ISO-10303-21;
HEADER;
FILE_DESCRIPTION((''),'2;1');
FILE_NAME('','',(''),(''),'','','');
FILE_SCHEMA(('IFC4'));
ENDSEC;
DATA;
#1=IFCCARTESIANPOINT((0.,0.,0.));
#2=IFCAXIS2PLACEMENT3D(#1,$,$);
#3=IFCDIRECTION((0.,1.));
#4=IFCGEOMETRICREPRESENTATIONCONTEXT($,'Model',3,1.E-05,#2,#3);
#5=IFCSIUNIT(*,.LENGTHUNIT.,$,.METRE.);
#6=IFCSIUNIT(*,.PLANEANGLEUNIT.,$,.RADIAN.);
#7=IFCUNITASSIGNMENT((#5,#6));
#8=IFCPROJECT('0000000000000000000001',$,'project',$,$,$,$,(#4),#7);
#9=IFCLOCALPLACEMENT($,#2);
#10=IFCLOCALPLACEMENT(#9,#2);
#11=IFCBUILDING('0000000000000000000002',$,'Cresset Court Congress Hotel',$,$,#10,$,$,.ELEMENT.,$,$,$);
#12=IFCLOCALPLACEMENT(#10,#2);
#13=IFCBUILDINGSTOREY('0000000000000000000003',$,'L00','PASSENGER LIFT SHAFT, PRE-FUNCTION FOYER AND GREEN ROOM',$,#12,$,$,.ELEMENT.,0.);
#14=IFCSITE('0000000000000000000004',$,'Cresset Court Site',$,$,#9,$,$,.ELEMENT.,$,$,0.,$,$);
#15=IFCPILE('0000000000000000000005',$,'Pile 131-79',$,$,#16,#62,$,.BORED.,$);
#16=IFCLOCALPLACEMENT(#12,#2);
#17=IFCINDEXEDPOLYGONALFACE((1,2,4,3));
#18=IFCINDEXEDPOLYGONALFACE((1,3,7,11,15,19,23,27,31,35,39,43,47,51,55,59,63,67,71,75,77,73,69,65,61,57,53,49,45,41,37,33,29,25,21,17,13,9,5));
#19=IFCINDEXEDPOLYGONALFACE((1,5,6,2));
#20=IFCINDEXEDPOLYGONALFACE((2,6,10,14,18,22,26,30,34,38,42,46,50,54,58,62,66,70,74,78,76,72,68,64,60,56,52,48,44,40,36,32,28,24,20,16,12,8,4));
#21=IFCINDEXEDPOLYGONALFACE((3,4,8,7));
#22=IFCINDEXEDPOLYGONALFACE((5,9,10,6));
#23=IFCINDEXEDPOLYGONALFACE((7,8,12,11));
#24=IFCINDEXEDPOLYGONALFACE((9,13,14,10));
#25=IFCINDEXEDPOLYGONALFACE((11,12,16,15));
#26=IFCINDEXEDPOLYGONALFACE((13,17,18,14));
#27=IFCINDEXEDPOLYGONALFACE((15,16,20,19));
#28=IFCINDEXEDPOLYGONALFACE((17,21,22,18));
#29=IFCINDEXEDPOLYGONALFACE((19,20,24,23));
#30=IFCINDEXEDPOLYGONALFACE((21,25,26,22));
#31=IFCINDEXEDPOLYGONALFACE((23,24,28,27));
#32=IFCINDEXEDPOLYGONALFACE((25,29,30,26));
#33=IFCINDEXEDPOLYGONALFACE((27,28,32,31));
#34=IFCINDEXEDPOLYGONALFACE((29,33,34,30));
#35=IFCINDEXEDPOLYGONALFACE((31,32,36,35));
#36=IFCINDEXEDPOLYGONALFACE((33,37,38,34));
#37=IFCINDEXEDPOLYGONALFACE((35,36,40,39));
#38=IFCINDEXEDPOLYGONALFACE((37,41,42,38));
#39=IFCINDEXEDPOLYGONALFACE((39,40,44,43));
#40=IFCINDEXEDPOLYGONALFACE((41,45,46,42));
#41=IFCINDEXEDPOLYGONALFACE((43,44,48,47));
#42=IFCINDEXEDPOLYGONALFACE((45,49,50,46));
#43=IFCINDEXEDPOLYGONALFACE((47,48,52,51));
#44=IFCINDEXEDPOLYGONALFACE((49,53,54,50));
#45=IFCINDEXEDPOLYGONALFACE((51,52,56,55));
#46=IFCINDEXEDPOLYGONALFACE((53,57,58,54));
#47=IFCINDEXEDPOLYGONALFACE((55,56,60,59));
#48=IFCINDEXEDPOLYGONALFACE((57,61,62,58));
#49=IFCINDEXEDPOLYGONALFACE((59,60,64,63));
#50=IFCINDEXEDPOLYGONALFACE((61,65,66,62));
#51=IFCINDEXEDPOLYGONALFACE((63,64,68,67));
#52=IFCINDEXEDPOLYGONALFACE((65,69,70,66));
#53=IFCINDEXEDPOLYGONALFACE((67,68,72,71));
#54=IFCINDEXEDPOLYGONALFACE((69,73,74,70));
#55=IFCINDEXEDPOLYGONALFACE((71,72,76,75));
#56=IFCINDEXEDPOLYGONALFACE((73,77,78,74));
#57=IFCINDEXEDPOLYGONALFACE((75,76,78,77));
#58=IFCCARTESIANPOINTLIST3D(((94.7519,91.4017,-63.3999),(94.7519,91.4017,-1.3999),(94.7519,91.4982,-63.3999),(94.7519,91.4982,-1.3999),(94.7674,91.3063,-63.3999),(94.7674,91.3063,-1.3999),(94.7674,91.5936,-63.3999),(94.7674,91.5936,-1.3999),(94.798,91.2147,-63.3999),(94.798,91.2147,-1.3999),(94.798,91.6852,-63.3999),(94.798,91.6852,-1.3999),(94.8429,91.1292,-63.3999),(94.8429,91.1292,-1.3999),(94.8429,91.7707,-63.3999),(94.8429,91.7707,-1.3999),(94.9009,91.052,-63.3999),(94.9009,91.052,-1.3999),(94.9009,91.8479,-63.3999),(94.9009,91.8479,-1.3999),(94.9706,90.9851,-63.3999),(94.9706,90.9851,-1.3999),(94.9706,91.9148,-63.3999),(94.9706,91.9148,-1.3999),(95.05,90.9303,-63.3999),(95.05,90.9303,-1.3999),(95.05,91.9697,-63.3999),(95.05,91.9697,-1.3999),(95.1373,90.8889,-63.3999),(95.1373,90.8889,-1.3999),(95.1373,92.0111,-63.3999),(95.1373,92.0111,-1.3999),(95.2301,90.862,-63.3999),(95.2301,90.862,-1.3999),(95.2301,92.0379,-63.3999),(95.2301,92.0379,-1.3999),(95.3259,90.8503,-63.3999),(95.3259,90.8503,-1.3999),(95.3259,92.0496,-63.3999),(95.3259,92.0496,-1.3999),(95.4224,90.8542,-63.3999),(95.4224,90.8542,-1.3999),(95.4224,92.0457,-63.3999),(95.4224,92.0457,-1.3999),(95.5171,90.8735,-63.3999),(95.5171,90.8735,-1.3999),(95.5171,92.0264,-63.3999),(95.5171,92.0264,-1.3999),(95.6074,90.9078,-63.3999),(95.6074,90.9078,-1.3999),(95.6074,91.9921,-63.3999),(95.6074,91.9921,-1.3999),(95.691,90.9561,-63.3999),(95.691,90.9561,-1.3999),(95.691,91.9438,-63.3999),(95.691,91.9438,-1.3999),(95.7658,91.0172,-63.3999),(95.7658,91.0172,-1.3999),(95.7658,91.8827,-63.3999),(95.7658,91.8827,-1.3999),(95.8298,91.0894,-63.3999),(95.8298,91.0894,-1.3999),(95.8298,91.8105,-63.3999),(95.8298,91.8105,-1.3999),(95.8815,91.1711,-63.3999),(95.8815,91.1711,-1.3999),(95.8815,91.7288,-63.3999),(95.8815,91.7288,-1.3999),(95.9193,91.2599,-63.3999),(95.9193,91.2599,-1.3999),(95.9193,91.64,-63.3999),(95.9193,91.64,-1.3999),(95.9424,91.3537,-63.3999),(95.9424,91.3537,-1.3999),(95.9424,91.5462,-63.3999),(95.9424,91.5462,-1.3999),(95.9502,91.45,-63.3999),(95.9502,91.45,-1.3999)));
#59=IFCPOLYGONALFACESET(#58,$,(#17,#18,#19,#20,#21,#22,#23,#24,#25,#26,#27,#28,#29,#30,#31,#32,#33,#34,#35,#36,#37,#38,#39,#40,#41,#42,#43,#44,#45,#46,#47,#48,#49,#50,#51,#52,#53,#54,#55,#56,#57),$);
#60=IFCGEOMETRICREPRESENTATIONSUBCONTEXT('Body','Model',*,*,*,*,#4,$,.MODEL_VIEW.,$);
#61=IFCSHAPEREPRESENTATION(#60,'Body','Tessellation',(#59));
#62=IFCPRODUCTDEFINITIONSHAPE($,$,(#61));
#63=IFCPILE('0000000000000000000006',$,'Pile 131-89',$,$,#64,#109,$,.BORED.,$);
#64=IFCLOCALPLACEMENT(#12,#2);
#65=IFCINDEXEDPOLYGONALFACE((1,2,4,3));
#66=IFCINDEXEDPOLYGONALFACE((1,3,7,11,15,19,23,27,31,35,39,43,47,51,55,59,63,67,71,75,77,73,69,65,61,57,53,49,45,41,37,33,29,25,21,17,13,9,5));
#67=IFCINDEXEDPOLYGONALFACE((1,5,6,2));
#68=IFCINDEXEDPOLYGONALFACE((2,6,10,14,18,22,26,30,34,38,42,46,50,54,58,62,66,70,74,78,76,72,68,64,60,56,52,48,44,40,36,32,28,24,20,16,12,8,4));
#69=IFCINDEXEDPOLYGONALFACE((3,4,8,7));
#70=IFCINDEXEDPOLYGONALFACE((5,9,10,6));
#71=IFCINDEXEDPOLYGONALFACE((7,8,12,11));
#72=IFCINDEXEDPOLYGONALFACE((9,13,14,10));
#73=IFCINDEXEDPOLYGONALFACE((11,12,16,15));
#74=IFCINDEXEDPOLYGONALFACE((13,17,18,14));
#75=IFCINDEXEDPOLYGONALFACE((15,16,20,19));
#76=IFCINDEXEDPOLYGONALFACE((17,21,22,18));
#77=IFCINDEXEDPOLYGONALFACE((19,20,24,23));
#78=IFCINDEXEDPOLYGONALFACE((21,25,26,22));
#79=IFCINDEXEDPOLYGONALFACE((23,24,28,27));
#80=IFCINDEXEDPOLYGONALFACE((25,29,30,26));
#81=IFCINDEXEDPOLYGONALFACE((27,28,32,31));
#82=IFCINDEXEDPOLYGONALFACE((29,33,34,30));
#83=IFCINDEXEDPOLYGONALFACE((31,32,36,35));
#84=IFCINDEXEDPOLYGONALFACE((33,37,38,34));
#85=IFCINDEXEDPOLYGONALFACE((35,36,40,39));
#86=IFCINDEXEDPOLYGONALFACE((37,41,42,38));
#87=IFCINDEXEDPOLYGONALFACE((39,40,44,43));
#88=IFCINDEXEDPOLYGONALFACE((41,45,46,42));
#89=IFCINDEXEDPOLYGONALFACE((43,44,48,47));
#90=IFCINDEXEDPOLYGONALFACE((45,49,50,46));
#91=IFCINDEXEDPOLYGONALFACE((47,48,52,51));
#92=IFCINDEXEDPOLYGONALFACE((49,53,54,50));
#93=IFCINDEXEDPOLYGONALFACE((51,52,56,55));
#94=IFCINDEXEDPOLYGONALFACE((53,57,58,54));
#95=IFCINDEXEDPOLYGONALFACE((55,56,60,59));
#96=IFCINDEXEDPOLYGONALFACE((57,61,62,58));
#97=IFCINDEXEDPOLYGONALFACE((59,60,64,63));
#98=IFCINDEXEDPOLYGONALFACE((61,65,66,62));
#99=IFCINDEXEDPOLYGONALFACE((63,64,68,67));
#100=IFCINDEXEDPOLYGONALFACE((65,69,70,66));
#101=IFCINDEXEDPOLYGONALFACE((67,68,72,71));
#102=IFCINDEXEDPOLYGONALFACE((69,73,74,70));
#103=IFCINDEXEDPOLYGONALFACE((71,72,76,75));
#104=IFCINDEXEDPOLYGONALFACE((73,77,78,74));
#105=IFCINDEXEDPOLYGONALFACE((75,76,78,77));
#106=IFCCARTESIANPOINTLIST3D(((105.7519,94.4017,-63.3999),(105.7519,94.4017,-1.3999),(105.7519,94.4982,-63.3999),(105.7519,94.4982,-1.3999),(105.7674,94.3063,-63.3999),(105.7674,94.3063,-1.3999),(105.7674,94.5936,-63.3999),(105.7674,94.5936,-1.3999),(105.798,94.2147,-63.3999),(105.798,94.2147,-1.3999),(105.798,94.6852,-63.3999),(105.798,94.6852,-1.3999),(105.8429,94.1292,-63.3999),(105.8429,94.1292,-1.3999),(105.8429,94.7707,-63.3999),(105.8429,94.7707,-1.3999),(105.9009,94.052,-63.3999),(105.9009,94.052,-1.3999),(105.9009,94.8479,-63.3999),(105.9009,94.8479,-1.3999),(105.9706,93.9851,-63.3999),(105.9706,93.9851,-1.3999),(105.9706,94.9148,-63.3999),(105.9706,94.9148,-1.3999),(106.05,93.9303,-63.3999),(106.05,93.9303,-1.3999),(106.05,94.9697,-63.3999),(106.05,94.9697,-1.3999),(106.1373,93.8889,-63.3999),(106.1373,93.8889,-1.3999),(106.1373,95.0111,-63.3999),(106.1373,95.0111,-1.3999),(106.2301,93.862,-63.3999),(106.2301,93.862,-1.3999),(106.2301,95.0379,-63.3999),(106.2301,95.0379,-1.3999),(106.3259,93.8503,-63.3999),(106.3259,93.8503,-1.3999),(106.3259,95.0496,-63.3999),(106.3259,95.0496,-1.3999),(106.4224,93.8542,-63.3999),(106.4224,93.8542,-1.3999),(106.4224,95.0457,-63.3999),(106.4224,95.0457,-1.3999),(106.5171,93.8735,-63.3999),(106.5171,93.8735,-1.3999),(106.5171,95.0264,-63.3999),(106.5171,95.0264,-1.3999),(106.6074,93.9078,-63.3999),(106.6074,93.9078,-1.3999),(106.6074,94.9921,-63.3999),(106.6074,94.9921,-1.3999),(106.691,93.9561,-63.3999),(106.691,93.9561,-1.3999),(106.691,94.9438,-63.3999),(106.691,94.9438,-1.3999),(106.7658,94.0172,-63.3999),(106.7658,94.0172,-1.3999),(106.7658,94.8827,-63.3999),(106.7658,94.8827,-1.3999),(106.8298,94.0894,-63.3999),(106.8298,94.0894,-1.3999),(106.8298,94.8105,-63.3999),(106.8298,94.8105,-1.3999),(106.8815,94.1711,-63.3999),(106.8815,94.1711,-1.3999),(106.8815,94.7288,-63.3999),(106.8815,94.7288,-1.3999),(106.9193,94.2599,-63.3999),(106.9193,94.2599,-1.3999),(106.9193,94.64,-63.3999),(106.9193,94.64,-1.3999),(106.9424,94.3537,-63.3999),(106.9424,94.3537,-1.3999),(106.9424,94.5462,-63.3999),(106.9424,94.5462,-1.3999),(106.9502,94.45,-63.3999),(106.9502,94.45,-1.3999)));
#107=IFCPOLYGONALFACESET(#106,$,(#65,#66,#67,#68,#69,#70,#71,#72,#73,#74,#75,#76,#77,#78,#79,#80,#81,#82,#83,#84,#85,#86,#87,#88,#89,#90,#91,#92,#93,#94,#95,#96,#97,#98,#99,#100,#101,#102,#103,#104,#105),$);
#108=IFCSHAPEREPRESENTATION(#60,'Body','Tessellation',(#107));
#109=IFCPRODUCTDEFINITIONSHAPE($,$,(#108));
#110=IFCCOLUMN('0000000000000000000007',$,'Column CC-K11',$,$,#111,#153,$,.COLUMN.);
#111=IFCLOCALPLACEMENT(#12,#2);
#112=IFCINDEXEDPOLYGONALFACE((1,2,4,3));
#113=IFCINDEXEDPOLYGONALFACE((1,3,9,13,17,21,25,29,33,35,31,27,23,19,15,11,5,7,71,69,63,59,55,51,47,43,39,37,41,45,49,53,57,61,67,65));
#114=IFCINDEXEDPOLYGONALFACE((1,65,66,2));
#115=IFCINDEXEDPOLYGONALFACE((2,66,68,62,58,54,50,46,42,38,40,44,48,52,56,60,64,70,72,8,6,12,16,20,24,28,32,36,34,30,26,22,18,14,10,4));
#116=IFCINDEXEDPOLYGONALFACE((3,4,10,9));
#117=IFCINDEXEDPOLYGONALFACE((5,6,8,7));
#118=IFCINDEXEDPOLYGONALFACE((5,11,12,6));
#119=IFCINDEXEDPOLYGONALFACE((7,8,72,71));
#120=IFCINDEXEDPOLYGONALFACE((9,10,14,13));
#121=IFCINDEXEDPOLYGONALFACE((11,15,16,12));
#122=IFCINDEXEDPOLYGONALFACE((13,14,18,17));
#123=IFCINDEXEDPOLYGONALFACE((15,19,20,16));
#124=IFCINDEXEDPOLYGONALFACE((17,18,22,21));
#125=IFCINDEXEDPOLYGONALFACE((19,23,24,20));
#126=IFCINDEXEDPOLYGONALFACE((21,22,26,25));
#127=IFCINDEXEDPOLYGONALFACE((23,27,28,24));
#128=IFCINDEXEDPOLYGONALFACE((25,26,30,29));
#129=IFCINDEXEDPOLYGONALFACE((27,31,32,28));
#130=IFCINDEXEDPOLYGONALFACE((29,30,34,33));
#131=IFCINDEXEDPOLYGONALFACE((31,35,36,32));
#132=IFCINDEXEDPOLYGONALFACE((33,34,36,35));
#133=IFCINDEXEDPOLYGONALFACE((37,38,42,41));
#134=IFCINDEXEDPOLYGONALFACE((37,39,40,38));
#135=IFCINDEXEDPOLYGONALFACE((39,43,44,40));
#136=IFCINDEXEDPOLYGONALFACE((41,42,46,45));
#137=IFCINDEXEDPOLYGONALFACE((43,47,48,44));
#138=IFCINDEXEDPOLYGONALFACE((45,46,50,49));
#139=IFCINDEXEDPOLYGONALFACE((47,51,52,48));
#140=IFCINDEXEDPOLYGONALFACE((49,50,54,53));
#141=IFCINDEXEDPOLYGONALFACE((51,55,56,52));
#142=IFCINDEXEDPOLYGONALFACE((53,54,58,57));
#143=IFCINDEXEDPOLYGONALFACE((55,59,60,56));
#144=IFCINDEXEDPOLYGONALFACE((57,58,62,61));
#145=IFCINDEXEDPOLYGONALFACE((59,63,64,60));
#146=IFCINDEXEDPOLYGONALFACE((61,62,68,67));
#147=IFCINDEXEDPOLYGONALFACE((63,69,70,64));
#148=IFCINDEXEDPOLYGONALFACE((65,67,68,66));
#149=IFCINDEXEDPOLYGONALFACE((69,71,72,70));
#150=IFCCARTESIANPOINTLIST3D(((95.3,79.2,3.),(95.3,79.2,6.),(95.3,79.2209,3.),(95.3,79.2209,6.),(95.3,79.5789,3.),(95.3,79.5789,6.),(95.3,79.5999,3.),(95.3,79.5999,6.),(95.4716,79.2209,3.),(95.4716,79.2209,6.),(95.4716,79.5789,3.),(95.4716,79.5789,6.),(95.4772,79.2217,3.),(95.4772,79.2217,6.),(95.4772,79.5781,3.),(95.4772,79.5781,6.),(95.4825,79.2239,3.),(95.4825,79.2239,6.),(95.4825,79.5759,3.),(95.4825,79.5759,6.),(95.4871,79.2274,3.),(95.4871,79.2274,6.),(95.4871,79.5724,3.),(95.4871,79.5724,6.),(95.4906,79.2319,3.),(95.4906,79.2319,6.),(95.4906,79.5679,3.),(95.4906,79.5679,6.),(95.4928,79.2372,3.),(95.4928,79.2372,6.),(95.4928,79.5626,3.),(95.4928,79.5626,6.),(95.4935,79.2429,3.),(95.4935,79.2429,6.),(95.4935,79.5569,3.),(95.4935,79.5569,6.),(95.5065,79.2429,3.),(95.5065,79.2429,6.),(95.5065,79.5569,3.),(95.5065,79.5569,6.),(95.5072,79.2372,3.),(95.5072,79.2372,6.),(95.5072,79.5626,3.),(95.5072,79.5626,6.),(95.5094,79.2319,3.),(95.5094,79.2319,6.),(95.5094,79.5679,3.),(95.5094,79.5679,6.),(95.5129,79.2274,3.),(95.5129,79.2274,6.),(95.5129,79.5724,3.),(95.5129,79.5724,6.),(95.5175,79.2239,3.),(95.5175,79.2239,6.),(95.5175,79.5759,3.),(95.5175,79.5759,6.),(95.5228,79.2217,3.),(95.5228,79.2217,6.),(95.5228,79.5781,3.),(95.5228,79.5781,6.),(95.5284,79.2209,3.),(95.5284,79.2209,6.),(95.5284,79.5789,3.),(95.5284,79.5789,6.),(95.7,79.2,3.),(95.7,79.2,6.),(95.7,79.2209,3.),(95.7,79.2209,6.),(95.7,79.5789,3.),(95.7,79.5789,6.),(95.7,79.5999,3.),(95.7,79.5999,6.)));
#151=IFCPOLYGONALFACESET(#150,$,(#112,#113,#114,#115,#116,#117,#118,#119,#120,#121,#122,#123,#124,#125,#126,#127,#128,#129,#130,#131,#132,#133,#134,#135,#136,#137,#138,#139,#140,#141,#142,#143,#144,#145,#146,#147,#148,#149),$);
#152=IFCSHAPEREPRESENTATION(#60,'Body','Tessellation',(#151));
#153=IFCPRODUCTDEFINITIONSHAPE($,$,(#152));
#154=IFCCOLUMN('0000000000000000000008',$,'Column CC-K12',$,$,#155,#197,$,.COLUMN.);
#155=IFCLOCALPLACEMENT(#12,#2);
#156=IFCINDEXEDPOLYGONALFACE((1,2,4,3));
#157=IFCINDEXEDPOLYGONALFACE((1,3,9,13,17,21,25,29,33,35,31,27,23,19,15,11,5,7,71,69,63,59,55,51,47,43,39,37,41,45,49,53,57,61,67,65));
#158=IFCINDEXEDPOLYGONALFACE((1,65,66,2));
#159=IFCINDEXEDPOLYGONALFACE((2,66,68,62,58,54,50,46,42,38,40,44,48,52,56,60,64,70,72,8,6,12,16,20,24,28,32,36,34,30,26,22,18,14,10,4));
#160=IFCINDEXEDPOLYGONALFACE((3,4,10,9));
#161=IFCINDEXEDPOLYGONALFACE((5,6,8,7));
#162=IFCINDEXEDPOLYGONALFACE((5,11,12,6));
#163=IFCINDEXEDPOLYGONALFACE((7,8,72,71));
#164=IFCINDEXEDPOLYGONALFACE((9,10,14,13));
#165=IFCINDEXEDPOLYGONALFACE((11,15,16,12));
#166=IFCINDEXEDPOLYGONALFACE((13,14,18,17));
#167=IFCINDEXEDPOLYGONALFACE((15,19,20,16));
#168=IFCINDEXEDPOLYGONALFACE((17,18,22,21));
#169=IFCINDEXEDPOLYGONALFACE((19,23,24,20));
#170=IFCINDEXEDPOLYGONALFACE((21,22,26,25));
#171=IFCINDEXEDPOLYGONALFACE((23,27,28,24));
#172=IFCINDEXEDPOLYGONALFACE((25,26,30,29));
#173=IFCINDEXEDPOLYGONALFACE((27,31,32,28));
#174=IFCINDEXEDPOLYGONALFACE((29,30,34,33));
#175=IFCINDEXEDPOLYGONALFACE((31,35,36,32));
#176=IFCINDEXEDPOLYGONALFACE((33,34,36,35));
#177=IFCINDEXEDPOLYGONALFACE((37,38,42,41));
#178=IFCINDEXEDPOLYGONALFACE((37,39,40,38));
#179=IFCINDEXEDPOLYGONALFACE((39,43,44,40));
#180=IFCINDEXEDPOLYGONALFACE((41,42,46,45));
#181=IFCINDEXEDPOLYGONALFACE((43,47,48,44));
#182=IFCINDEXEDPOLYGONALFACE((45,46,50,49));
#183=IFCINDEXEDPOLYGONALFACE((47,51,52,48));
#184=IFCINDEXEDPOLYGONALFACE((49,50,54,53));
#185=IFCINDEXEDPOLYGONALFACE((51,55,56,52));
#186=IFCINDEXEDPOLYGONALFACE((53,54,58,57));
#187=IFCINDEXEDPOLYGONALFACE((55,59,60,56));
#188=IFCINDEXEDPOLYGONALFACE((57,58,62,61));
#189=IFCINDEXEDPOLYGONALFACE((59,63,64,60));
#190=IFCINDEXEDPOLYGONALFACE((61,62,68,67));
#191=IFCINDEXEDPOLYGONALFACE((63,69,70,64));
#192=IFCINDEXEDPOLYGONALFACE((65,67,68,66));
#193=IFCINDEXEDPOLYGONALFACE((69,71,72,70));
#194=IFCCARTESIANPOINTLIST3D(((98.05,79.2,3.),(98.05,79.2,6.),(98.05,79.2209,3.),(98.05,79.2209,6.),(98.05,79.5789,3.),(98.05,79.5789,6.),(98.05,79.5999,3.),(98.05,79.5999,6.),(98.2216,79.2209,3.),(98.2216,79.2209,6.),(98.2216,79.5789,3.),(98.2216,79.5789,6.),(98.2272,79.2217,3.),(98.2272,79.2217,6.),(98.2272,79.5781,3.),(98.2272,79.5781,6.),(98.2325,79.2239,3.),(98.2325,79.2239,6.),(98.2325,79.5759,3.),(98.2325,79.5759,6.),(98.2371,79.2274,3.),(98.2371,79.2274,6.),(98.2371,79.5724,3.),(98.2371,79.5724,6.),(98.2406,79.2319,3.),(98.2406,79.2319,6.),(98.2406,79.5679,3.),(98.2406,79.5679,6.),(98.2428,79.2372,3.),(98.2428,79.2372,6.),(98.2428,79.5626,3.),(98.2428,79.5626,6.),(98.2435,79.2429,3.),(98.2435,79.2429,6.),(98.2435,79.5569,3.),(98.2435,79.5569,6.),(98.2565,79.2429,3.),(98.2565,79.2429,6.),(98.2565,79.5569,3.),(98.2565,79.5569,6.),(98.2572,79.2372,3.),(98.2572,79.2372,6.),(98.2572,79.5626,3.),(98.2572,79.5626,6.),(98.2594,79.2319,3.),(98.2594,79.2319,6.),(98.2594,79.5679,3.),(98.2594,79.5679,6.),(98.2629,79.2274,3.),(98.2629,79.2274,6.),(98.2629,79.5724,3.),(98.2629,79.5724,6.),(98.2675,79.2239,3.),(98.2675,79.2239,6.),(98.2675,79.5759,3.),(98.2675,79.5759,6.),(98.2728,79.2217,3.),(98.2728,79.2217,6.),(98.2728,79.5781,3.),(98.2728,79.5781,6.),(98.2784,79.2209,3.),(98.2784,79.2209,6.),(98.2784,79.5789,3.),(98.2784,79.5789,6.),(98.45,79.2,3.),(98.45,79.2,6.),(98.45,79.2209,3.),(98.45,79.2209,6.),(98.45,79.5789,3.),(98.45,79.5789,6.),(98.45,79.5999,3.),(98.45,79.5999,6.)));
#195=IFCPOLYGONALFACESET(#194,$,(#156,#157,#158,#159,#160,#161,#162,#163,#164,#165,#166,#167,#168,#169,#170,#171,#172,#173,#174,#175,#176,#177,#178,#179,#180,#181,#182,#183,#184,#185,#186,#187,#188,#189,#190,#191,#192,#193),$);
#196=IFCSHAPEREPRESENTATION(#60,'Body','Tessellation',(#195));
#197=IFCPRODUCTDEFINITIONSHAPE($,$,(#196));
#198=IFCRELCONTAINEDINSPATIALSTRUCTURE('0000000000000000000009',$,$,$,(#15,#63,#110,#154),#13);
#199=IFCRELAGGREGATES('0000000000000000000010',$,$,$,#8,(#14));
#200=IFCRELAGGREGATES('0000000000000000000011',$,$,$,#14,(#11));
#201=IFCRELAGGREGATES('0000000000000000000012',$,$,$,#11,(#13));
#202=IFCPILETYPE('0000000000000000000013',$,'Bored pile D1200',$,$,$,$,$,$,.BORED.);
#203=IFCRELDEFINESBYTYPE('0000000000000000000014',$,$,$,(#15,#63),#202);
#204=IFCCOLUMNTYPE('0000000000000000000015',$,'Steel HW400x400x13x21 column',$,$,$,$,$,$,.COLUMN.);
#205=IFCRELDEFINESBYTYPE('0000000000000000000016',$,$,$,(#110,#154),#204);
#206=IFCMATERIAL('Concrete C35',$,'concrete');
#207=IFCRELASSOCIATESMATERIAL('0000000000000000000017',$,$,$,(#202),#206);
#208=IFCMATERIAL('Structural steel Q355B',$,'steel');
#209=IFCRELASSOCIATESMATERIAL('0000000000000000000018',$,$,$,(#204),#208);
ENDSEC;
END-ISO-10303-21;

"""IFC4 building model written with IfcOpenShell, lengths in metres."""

from ifc_helpers import new_model, si_unit, direction, frame, origin, origin_2d, place, context, subcontext, project, spatial, circle, i_section, extrude, material, material_profile, profile_set, type_object, element, save


model = new_model("IFC4")

# Units and contexts
model_context = context("Model", 3, precision=1e-05, world=origin(), true_north=direction((0.0, 1.0)))
body_context = subcontext(model_context, "Body", "Model", "MODEL_VIEW")
ifc_project = project(units=[si_unit("LENGTHUNIT", "METRE"), si_unit("PLANEANGLEUNIT", "RADIAN")], contexts=[model_context])

# Site, building, storey
site_placement = place(None, origin())
site = spatial("IfcSite", under=ifc_project, at=site_placement, Name="Cresset Court Site", CompositionType="ELEMENT", RefElevation=0.0)
building_placement = place(site_placement, origin())
building = spatial("IfcBuilding", under=site, at=building_placement, Name="Cresset Court Congress Hotel", CompositionType="ELEMENT")
storey_placement = place(building_placement, origin())
storey = spatial("IfcBuildingStorey", under=building, at=storey_placement, Name="L00", Description="PASSENGER LIFT SHAFT, PRE-FUNCTION FOYER AND GREEN ROOM", CompositionType="ELEMENT", Elevation=0.0)

# Piles
ifc_material_1 = material(Name="Concrete C35", Category="concrete")
pile_type = type_object("IfcPileType", Name="Bored pile D1200", PredefinedType="BORED", material=ifc_material_1)
for number, where, z_axis, x_axis, name in (
    (1, (95.3501, 91.45, -1.3999), (0.0, 0.0, -1.0), (1.0, 0.0, 0.0), "Pile 131-79"),
    (2, (106.3501, 94.45, -1.3999), (0.0, 0.0, -1.0), (1.0, 0.0, 0.0), "Pile 131-89"),
):
    element("IfcPile", number, at=place(storey_placement, frame(where, z_axis=z_axis, x_axis=x_axis)), inside=storey, type_object=pile_type, Name=name, PredefinedType="BORED", context=body_context, shape_type="SweptSolid", body=[
        extrude(circle(Radius=0.6001, at=origin_2d()), origin(), (0.0, 0.0, 1.0), 62.0),
    ])

# Columns
ifc_material_2 = material(Name="Structural steel Q355B", Category="steel")
ifc_material_profile = material_profile(ifc_material_2, i_section(OverallWidth=0.3999, OverallDepth=0.3999, WebThickness=0.0129, FlangeThickness=0.021, FilletRadius=0.022, at=origin_2d()), Name="HW400x400x13x21")
ifc_profile_set = profile_set([ifc_material_profile], Name="Structural steel Q355B")
column_type = type_object("IfcColumnType", Name="Steel HW400x400x13x21 column", PredefinedType="COLUMN", material=ifc_profile_set)
for number, where, z_axis, x_axis, name in (
    (3, (95.5, 79.3999, 3.0), (0.0, 0.0, 1.0), (1.0, 0.0, 0.0), "Column CC-K11"),
    (4, (98.25, 79.3999, 3.0), (0.0, 0.0, 1.0), (1.0, 0.0, 0.0), "Column CC-K12"),
):
    element("IfcColumn", number, at=place(storey_placement, frame(where, z_axis=z_axis, x_axis=x_axis)), inside=storey, type_object=column_type, Name=name, PredefinedType="COLUMN", context=body_context, shape_type="SweptSolid", body=[
        extrude(i_section(OverallWidth=0.3999, OverallDepth=0.3999, WebThickness=0.0129, FlangeThickness=0.021, FilletRadius=0.022, at=origin_2d()), origin(), (0.0, 0.0, 1.0), 3.0),
    ])

save(model, "model.ifc")
